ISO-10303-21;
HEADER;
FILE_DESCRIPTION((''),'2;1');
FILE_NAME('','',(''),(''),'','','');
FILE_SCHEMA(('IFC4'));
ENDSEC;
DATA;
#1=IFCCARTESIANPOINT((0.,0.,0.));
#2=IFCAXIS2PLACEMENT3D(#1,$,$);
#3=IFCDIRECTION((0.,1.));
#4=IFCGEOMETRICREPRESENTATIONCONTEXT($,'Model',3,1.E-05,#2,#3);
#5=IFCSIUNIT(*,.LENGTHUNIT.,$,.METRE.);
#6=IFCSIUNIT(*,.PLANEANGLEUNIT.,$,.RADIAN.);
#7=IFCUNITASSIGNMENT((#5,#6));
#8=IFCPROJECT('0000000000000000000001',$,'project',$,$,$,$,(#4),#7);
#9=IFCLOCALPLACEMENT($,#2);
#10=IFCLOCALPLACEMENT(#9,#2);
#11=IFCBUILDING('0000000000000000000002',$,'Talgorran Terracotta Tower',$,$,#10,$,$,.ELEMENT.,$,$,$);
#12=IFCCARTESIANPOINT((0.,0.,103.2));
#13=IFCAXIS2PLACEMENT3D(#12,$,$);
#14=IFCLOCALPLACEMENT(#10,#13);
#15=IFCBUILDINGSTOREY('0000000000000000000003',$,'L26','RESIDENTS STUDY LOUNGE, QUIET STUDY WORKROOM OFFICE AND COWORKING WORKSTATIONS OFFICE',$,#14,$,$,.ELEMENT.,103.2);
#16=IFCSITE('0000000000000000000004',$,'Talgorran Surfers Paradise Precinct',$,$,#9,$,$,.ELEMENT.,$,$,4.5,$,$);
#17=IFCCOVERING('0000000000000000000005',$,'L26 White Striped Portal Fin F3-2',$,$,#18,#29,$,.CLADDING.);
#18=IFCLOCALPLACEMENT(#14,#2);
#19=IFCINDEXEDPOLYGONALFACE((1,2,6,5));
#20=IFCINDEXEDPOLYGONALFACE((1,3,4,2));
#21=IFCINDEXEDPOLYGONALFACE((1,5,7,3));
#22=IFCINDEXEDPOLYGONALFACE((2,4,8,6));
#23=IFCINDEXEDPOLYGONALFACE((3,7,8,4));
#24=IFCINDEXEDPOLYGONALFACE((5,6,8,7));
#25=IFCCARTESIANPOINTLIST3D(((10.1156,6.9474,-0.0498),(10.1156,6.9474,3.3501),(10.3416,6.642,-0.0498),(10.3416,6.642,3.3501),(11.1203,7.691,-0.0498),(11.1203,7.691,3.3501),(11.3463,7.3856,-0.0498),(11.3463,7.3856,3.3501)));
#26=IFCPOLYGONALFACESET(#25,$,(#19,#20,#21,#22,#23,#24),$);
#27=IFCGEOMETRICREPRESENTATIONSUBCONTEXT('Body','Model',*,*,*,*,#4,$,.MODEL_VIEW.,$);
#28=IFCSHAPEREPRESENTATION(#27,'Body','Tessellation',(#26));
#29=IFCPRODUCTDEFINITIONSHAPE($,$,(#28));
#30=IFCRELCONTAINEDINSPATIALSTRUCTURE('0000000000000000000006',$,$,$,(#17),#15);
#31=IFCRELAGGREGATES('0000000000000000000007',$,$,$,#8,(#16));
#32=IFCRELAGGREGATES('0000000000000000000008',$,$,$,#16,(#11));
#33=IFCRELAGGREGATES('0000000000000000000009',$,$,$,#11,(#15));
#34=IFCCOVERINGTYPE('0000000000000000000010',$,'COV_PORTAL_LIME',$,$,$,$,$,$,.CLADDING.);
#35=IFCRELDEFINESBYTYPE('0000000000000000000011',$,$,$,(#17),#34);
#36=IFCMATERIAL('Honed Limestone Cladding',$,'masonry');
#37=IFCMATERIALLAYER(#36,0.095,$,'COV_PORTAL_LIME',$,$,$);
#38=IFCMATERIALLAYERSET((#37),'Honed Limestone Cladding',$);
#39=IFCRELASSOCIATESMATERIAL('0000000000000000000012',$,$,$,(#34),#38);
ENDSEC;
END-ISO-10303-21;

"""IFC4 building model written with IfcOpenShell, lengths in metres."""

from ifc_helpers import new_model, si_unit, direction, frame, origin, origin_2d, place, context, subcontext, project, spatial, rectangle, extrude, material, layer, layer_set, type_object, element, save


model = new_model("IFC4")

# Units and contexts
model_context = context("Model", 3, precision=1e-05, world=origin(), true_north=direction((0.0, 1.0)))
body_context = subcontext(model_context, "Body", "Model", "MODEL_VIEW")
ifc_project = project(units=[si_unit("LENGTHUNIT", "METRE"), si_unit("PLANEANGLEUNIT", "RADIAN")], contexts=[model_context])

# Site, building, storey
site_placement = place(None, origin())
site = spatial("IfcSite", under=ifc_project, at=site_placement, Name="Talgorran Surfers Paradise Precinct", CompositionType="ELEMENT", RefElevation=4.5)
building_placement = place(site_placement, origin())
building = spatial("IfcBuilding", under=site, at=building_placement, Name="Talgorran Terracotta Tower", CompositionType="ELEMENT")
storey_placement = place(building_placement, frame((0.0, 0.0, 103.2)))
storey = spatial("IfcBuildingStorey", under=building, at=storey_placement, Name="L26", Description="RESIDENTS STUDY LOUNGE, QUIET STUDY WORKROOM OFFICE AND COWORKING WORKSTATIONS OFFICE", CompositionType="ELEMENT", Elevation=103.2)

# Covering
ifc_material_1 = material(Name="Honed Limestone Cladding", Category="masonry")
ifc_layer_1 = layer(ifc_material_1, 0.095, Name="COV_PORTAL_LIME")
ifc_layer_set_1 = layer_set([ifc_layer_1], Name="Honed Limestone Cladding")
covering_type_1 = type_object("IfcCoveringType", Name="COV_PORTAL_LIME", PredefinedType="CLADDING", material=ifc_layer_set_1)
covering_1_placement = place(storey_placement, frame((10.731, 7.1665, -0.0498), z_axis=(0.0, 0.0, 1.0), x_axis=(-0.594907, 0.803795, 0.0)))
element("IfcCovering", 1, at=covering_1_placement, inside=storey, type_object=covering_type_1, Name="L26 White Striped Portal Fin F3-2", PredefinedType="CLADDING", context=body_context, shape_type="SweptSolid", body=[
    extrude(rectangle(XDim=0.3799, YDim=1.25, at=origin_2d()), origin(), (0.0, 0.0, 1.0), 3.3999),
])

save(model, "model.ifc")
